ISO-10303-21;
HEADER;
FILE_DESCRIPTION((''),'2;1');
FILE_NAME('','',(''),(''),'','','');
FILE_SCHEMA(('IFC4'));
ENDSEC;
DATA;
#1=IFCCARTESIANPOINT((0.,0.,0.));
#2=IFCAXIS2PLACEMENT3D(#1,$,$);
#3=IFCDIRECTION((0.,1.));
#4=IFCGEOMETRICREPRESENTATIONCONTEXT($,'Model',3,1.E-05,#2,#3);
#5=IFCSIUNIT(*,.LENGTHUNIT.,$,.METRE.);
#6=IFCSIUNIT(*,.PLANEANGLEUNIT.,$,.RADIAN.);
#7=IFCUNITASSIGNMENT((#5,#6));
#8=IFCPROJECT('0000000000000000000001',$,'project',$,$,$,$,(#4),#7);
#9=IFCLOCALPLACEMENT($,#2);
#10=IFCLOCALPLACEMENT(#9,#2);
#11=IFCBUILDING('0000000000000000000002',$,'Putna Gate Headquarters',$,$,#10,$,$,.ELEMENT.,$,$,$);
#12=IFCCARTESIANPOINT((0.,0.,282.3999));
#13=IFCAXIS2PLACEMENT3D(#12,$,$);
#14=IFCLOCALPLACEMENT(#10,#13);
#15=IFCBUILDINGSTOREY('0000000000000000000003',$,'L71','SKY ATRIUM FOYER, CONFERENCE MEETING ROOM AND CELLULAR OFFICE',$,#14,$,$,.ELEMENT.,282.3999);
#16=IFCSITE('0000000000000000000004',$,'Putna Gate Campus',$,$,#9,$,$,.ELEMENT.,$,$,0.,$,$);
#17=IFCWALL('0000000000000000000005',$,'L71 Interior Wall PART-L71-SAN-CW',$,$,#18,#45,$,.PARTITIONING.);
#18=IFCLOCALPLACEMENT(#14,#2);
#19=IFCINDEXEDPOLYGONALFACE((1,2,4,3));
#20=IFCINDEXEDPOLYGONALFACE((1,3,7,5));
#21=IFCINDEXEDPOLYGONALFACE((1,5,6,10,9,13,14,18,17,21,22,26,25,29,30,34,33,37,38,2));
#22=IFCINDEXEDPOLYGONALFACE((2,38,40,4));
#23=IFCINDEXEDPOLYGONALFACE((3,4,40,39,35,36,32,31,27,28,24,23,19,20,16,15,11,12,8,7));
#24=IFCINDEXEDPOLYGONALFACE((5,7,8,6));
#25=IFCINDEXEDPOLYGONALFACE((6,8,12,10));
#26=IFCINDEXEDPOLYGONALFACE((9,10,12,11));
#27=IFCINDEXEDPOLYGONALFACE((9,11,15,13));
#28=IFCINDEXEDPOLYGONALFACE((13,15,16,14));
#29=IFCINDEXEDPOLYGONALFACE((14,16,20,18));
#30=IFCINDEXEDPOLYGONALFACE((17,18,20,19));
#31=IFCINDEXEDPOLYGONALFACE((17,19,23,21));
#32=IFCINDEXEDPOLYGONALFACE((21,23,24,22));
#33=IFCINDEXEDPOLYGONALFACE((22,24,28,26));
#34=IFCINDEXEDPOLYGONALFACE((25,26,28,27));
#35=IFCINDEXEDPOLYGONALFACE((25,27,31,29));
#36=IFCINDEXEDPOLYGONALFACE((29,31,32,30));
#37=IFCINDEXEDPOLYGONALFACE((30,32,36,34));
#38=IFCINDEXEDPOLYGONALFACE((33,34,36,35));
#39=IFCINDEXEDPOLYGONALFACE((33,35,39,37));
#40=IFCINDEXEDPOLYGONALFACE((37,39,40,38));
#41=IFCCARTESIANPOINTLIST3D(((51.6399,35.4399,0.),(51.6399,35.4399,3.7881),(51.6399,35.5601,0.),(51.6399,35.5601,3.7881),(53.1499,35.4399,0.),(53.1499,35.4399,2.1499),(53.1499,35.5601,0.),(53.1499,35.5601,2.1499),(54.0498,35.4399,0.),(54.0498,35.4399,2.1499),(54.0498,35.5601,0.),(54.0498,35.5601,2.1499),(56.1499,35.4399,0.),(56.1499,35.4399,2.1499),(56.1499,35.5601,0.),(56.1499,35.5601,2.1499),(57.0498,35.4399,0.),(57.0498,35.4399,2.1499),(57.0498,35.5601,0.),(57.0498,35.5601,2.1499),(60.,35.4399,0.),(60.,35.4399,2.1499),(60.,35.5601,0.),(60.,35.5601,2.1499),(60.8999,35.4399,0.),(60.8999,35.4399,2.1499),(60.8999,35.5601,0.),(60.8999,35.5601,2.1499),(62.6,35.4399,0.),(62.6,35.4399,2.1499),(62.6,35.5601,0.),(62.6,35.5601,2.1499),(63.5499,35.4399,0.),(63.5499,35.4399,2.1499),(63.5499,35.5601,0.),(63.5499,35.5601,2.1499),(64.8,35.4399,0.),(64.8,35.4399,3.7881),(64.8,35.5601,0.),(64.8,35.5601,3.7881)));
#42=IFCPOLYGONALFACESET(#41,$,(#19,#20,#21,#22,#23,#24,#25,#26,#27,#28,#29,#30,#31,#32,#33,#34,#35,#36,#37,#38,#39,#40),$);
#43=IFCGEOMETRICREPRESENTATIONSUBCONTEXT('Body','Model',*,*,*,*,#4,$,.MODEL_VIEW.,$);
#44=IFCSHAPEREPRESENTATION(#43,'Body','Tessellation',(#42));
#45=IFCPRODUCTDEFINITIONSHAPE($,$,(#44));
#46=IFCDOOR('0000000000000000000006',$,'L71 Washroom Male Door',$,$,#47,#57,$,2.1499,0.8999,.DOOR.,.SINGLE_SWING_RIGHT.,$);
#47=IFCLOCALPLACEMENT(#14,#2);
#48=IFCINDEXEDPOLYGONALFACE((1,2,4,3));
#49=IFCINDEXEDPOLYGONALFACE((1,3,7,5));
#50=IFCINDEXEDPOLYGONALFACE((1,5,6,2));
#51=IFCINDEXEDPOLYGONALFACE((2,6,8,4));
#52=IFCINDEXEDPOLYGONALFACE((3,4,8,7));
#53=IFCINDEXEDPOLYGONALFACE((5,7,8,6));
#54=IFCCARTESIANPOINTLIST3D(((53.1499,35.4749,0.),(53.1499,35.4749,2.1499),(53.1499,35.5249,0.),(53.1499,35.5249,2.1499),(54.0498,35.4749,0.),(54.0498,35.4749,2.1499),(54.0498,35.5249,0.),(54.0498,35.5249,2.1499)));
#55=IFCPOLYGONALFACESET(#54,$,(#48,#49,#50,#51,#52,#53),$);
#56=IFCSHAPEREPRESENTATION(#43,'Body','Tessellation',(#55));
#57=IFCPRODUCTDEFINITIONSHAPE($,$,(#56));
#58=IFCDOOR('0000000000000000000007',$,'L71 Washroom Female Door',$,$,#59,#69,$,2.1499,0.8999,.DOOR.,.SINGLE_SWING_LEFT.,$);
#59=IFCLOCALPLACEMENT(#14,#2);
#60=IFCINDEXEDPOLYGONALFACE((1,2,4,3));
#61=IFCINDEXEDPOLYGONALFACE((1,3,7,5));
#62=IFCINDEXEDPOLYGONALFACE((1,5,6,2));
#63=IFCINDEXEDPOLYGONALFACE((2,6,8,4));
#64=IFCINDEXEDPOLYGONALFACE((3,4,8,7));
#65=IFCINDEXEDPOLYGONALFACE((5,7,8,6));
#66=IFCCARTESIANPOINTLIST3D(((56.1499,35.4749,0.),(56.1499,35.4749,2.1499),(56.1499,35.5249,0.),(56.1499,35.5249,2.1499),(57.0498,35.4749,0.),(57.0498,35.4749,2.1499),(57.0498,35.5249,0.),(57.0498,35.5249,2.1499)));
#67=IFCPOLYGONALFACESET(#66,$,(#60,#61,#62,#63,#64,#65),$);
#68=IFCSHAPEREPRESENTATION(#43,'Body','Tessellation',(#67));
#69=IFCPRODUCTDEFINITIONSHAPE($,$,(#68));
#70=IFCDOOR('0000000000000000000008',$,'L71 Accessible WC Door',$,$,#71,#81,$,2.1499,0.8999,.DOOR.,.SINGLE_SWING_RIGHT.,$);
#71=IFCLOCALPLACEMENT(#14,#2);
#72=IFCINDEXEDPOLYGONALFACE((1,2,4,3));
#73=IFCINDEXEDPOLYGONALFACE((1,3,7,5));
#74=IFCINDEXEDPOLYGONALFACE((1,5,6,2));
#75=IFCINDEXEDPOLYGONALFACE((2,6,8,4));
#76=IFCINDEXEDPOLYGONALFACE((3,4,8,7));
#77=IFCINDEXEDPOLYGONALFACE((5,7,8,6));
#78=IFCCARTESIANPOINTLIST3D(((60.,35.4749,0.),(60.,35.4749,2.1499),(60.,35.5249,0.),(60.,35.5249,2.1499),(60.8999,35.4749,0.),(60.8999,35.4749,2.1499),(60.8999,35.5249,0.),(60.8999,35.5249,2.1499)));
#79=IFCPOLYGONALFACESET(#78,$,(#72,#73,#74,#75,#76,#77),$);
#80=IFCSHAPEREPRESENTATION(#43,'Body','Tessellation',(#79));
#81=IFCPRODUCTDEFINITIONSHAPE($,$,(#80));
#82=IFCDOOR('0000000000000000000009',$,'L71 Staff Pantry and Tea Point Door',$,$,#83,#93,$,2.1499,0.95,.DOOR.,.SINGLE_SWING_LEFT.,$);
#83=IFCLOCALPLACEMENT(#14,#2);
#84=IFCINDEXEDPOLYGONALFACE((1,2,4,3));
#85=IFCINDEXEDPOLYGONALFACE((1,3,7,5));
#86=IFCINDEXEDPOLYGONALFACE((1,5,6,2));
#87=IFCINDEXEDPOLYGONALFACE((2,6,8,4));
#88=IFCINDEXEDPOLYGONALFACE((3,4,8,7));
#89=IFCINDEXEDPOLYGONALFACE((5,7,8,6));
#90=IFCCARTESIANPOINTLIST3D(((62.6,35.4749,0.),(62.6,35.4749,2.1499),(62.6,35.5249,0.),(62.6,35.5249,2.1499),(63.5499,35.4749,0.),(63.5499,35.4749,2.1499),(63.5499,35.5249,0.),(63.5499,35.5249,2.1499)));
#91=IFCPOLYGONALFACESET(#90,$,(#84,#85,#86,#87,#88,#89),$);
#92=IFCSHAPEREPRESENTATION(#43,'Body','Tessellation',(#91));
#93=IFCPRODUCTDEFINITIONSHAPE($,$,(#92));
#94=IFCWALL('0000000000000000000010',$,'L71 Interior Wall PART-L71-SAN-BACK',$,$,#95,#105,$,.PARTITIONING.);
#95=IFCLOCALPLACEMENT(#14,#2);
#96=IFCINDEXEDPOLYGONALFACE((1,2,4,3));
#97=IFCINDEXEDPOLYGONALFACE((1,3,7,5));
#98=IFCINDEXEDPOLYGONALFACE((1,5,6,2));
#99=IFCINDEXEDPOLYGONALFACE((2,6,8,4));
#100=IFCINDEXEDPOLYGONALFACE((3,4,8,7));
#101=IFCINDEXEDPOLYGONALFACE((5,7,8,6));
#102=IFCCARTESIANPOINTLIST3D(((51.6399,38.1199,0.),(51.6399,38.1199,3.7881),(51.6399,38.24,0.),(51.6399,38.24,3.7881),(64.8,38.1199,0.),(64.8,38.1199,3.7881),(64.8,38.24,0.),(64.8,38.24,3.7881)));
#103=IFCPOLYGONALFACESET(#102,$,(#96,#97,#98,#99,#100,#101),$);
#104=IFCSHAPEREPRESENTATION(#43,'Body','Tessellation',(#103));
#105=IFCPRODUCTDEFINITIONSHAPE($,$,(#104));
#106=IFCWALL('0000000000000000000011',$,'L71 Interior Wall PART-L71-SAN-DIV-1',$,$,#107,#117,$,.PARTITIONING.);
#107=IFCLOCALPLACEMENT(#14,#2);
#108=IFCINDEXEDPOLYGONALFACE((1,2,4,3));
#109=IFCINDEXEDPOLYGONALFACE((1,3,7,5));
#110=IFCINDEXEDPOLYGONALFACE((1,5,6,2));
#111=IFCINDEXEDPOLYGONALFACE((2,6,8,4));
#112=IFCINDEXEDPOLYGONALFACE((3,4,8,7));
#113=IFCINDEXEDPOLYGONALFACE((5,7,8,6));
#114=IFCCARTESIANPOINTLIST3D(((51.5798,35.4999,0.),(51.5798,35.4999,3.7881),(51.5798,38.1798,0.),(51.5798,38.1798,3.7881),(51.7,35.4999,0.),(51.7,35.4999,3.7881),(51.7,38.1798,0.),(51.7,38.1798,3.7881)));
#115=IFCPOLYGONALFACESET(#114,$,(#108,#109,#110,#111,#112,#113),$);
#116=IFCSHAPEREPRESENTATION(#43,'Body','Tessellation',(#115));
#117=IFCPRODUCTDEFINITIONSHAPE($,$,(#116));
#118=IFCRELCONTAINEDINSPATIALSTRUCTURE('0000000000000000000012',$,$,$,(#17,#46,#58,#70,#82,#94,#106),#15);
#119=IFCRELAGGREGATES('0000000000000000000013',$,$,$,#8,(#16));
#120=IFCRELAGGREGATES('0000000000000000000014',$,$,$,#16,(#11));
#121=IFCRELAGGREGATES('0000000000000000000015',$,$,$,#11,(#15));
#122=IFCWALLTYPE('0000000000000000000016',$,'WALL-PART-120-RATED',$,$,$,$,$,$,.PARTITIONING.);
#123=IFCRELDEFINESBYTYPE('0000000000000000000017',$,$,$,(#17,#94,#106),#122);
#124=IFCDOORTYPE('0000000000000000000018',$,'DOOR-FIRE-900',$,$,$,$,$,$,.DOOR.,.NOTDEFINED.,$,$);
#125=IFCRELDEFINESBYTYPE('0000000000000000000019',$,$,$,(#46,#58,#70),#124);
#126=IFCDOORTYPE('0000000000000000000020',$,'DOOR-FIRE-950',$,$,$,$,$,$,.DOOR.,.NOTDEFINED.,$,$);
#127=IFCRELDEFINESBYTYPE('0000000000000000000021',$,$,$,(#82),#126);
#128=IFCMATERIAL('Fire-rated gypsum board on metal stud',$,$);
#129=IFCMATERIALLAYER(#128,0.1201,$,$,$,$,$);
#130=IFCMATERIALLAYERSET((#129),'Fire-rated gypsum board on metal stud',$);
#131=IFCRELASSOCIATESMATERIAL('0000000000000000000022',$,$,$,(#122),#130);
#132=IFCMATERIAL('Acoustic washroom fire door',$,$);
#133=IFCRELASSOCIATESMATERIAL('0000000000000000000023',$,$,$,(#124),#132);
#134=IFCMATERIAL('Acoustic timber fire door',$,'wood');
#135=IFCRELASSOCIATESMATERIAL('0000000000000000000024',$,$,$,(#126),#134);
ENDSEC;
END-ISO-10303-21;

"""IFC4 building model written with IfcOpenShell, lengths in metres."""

from ifc_helpers import new_model, si_unit, direction, frame, frame_2d, origin, place, context, subcontext, project, spatial, rectangle, extrude, material, layer, layer_set, type_object, element, fill, save


model = new_model("IFC4")

# Units and contexts
model_context = context("Model", 3, precision=1e-05, world=origin(), true_north=direction((0.0, 1.0)))
body_context = subcontext(model_context, "Body", "Model", "MODEL_VIEW")
ifc_project = project(units=[si_unit("LENGTHUNIT", "METRE"), si_unit("PLANEANGLEUNIT", "RADIAN")], contexts=[model_context])

# Site, building, storey
site_placement = place(None, origin())
site = spatial("IfcSite", under=ifc_project, at=site_placement, Name="Putna Gate Campus", CompositionType="ELEMENT", RefElevation=0.0)
building_placement = place(site_placement, origin())
building = spatial("IfcBuilding", under=site, at=building_placement, Name="Putna Gate Headquarters", CompositionType="ELEMENT")
storey_placement = place(building_placement, frame((0.0, 0.0, 282.3999)))
storey = spatial("IfcBuildingStorey", under=building, at=storey_placement, Name="L71", Description="SKY ATRIUM FOYER, CONFERENCE MEETING ROOM AND CELLULAR OFFICE", CompositionType="ELEMENT", Elevation=282.3999)

# Wall, openings, doors
ifc_material_1 = material(Name="Fire-rated gypsum board on metal stud")
ifc_layer_1 = layer(ifc_material_1, 0.1201)
ifc_layer_set_1 = layer_set([ifc_layer_1], Name="Fire-rated gypsum board on metal stud")
wall_type_1 = type_object("IfcWallType", Name="WALL-PART-120-RATED", PredefinedType="PARTITIONING", material=ifc_layer_set_1)
wall_1_placement = place(storey_placement, frame((51.6399, 35.5, 0.0), z_axis=(0.0, 0.0, 1.0), x_axis=(1.0, 0.0, 0.0)))
wall_1 = element("IfcWall", 1, at=wall_1_placement, inside=storey, type_object=wall_type_1, Name="L71 Interior Wall PART-L71-SAN-CW", PredefinedType="PARTITIONING", context=body_context, shape_type="SweptSolid", body=[
    extrude(rectangle(XDim=13.1602, YDim=0.1201, at=frame_2d((6.5801, 0.0))), origin(), (0.0, 0.0, 1.0), 3.7881),
])
opening_1_placement = place(wall_1_placement, frame((1.51, 0.0, 0.0)))
opening_1 = element("IfcOpeningElement", 2, at=opening_1_placement, cuts=wall_1, PredefinedType="OPENING", context=body_context, shape_type="SweptSolid", body=[
    extrude(rectangle(XDim=0.8999, YDim=2.1499, at=frame_2d((0.45, 1.075))), frame((0.0, 0.0701, 0.0), z_axis=(0.0, -1.0, 0.0), x_axis=(1.0, 0.0, 0.0)), (0.0, 0.0, 1.0), 0.1401),
])
opening_2_placement = place(wall_1_placement, frame((4.51, 0.0, 0.0)))
opening_2 = element("IfcOpeningElement", 3, at=opening_2_placement, cuts=wall_1, PredefinedType="OPENING", context=body_context, shape_type="SweptSolid", body=[
    extrude(rectangle(XDim=0.8999, YDim=2.1499, at=frame_2d((0.45, 1.075))), frame((0.0, 0.0701, 0.0), z_axis=(0.0, -1.0, 0.0), x_axis=(1.0, 0.0, 0.0)), (0.0, 0.0, 1.0), 0.1401),
])
opening_3_placement = place(wall_1_placement, frame((8.3601, 0.0, 0.0)))
opening_3 = element("IfcOpeningElement", 4, at=opening_3_placement, cuts=wall_1, PredefinedType="OPENING", context=body_context, shape_type="SweptSolid", body=[
    extrude(rectangle(XDim=0.8999, YDim=2.1499, at=frame_2d((0.45, 1.075))), frame((0.0, 0.0701, 0.0), z_axis=(0.0, -1.0, 0.0), x_axis=(1.0, 0.0, 0.0)), (0.0, 0.0, 1.0), 0.1401),
])
opening_4_placement = place(wall_1_placement, frame((10.96, 0.0, 0.0)))
opening_4 = element("IfcOpeningElement", 5, at=opening_4_placement, cuts=wall_1, PredefinedType="OPENING", context=body_context, shape_type="SweptSolid", body=[
    extrude(rectangle(XDim=0.95, YDim=2.1499, at=frame_2d((0.4751, 1.075))), frame((0.0, 0.0701, 0.0), z_axis=(0.0, -1.0, 0.0), x_axis=(1.0, 0.0, 0.0)), (0.0, 0.0, 1.0), 0.1401),
])
ifc_material_2 = material(Name="Acoustic washroom fire door")
door_type_1 = type_object("IfcDoorType", Name="DOOR-FIRE-900", OperationType="NOTDEFINED", PredefinedType="DOOR", material=ifc_material_2)
door_1_placement = place(opening_1_placement, origin())
door_1 = element("IfcDoor", 6, at=door_1_placement, inside=storey, type_object=door_type_1, Name="L71 Washroom Male Door", OperationType="SINGLE_SWING_RIGHT", OverallHeight=2.1499, OverallWidth=0.8999, PredefinedType="DOOR", context=body_context, shape_type="SweptSolid", body=[
    extrude(rectangle(XDim=0.8999, YDim=2.1499, at=frame_2d((0.45, 1.075))), frame((0.0, 0.0249, 0.0), z_axis=(0.0, -1.0, 0.0), x_axis=(1.0, 0.0, 0.0)), (0.0, 0.0, 1.0), 0.05),
])
fill(opening_1, door_1)
door_2_placement = place(opening_2_placement, origin())
door_2 = element("IfcDoor", 7, at=door_2_placement, inside=storey, type_object=door_type_1, Name="L71 Washroom Female Door", OperationType="SINGLE_SWING_LEFT", OverallHeight=2.1499, OverallWidth=0.8999, PredefinedType="DOOR", context=body_context, shape_type="SweptSolid", body=[
    extrude(rectangle(XDim=0.8999, YDim=2.1499, at=frame_2d((0.45, 1.075))), frame((0.0, 0.0249, 0.0), z_axis=(0.0, -1.0, 0.0), x_axis=(1.0, 0.0, 0.0)), (0.0, 0.0, 1.0), 0.05),
])
fill(opening_2, door_2)
door_3_placement = place(opening_3_placement, origin())
door_3 = element("IfcDoor", 8, at=door_3_placement, inside=storey, type_object=door_type_1, Name="L71 Accessible WC Door", OperationType="SINGLE_SWING_RIGHT", OverallHeight=2.1499, OverallWidth=0.8999, PredefinedType="DOOR", context=body_context, shape_type="SweptSolid", body=[
    extrude(rectangle(XDim=0.8999, YDim=2.1499, at=frame_2d((0.45, 1.075))), frame((0.0, 0.0249, 0.0), z_axis=(0.0, -1.0, 0.0), x_axis=(1.0, 0.0, 0.0)), (0.0, 0.0, 1.0), 0.05),
])
fill(opening_3, door_3)
ifc_material_3 = material(Name="Acoustic timber fire door", Category="wood")
door_type_2 = type_object("IfcDoorType", Name="DOOR-FIRE-950", OperationType="NOTDEFINED", PredefinedType="DOOR", material=ifc_material_3)
door_4_placement = place(opening_4_placement, origin())
door_4 = element("IfcDoor", 9, at=door_4_placement, inside=storey, type_object=door_type_2, Name="L71 Staff Pantry and Tea Point Door", OperationType="SINGLE_SWING_LEFT", OverallHeight=2.1499, OverallWidth=0.95, PredefinedType="DOOR", context=body_context, shape_type="SweptSolid", body=[
    extrude(rectangle(XDim=0.95, YDim=2.1499, at=frame_2d((0.4751, 1.075))), frame((0.0, 0.0249, 0.0), z_axis=(0.0, -1.0, 0.0), x_axis=(1.0, 0.0, 0.0)), (0.0, 0.0, 1.0), 0.05),
])
fill(opening_4, door_4)

# Walls
wall_2_placement = place(storey_placement, frame((51.6399, 38.1799, 0.0), z_axis=(0.0, 0.0, 1.0), x_axis=(1.0, 0.0, 0.0)))
element("IfcWall", 10, at=wall_2_placement, inside=storey, type_object=wall_type_1, Name="L71 Interior Wall PART-L71-SAN-BACK", PredefinedType="PARTITIONING", context=body_context, shape_type="SweptSolid", body=[
    extrude(rectangle(XDim=13.1602, YDim=0.1201, at=frame_2d((6.5801, 0.0))), origin(), (0.0, 0.0, 1.0), 3.7881),
])
wall_3_placement = place(storey_placement, frame((51.6399, 35.5, 0.0), z_axis=(0.0, 0.0, 1.0), x_axis=(0.0, 1.0, 0.0)))
element("IfcWall", 11, at=wall_3_placement, inside=storey, type_object=wall_type_1, Name="L71 Interior Wall PART-L71-SAN-DIV-1", PredefinedType="PARTITIONING", context=body_context, shape_type="SweptSolid", body=[
    extrude(rectangle(XDim=2.6799, YDim=0.1201, at=frame_2d((1.3398, 0.0))), origin(), (0.0, 0.0, 1.0), 3.7881),
])

save(model, "model.ifc")
